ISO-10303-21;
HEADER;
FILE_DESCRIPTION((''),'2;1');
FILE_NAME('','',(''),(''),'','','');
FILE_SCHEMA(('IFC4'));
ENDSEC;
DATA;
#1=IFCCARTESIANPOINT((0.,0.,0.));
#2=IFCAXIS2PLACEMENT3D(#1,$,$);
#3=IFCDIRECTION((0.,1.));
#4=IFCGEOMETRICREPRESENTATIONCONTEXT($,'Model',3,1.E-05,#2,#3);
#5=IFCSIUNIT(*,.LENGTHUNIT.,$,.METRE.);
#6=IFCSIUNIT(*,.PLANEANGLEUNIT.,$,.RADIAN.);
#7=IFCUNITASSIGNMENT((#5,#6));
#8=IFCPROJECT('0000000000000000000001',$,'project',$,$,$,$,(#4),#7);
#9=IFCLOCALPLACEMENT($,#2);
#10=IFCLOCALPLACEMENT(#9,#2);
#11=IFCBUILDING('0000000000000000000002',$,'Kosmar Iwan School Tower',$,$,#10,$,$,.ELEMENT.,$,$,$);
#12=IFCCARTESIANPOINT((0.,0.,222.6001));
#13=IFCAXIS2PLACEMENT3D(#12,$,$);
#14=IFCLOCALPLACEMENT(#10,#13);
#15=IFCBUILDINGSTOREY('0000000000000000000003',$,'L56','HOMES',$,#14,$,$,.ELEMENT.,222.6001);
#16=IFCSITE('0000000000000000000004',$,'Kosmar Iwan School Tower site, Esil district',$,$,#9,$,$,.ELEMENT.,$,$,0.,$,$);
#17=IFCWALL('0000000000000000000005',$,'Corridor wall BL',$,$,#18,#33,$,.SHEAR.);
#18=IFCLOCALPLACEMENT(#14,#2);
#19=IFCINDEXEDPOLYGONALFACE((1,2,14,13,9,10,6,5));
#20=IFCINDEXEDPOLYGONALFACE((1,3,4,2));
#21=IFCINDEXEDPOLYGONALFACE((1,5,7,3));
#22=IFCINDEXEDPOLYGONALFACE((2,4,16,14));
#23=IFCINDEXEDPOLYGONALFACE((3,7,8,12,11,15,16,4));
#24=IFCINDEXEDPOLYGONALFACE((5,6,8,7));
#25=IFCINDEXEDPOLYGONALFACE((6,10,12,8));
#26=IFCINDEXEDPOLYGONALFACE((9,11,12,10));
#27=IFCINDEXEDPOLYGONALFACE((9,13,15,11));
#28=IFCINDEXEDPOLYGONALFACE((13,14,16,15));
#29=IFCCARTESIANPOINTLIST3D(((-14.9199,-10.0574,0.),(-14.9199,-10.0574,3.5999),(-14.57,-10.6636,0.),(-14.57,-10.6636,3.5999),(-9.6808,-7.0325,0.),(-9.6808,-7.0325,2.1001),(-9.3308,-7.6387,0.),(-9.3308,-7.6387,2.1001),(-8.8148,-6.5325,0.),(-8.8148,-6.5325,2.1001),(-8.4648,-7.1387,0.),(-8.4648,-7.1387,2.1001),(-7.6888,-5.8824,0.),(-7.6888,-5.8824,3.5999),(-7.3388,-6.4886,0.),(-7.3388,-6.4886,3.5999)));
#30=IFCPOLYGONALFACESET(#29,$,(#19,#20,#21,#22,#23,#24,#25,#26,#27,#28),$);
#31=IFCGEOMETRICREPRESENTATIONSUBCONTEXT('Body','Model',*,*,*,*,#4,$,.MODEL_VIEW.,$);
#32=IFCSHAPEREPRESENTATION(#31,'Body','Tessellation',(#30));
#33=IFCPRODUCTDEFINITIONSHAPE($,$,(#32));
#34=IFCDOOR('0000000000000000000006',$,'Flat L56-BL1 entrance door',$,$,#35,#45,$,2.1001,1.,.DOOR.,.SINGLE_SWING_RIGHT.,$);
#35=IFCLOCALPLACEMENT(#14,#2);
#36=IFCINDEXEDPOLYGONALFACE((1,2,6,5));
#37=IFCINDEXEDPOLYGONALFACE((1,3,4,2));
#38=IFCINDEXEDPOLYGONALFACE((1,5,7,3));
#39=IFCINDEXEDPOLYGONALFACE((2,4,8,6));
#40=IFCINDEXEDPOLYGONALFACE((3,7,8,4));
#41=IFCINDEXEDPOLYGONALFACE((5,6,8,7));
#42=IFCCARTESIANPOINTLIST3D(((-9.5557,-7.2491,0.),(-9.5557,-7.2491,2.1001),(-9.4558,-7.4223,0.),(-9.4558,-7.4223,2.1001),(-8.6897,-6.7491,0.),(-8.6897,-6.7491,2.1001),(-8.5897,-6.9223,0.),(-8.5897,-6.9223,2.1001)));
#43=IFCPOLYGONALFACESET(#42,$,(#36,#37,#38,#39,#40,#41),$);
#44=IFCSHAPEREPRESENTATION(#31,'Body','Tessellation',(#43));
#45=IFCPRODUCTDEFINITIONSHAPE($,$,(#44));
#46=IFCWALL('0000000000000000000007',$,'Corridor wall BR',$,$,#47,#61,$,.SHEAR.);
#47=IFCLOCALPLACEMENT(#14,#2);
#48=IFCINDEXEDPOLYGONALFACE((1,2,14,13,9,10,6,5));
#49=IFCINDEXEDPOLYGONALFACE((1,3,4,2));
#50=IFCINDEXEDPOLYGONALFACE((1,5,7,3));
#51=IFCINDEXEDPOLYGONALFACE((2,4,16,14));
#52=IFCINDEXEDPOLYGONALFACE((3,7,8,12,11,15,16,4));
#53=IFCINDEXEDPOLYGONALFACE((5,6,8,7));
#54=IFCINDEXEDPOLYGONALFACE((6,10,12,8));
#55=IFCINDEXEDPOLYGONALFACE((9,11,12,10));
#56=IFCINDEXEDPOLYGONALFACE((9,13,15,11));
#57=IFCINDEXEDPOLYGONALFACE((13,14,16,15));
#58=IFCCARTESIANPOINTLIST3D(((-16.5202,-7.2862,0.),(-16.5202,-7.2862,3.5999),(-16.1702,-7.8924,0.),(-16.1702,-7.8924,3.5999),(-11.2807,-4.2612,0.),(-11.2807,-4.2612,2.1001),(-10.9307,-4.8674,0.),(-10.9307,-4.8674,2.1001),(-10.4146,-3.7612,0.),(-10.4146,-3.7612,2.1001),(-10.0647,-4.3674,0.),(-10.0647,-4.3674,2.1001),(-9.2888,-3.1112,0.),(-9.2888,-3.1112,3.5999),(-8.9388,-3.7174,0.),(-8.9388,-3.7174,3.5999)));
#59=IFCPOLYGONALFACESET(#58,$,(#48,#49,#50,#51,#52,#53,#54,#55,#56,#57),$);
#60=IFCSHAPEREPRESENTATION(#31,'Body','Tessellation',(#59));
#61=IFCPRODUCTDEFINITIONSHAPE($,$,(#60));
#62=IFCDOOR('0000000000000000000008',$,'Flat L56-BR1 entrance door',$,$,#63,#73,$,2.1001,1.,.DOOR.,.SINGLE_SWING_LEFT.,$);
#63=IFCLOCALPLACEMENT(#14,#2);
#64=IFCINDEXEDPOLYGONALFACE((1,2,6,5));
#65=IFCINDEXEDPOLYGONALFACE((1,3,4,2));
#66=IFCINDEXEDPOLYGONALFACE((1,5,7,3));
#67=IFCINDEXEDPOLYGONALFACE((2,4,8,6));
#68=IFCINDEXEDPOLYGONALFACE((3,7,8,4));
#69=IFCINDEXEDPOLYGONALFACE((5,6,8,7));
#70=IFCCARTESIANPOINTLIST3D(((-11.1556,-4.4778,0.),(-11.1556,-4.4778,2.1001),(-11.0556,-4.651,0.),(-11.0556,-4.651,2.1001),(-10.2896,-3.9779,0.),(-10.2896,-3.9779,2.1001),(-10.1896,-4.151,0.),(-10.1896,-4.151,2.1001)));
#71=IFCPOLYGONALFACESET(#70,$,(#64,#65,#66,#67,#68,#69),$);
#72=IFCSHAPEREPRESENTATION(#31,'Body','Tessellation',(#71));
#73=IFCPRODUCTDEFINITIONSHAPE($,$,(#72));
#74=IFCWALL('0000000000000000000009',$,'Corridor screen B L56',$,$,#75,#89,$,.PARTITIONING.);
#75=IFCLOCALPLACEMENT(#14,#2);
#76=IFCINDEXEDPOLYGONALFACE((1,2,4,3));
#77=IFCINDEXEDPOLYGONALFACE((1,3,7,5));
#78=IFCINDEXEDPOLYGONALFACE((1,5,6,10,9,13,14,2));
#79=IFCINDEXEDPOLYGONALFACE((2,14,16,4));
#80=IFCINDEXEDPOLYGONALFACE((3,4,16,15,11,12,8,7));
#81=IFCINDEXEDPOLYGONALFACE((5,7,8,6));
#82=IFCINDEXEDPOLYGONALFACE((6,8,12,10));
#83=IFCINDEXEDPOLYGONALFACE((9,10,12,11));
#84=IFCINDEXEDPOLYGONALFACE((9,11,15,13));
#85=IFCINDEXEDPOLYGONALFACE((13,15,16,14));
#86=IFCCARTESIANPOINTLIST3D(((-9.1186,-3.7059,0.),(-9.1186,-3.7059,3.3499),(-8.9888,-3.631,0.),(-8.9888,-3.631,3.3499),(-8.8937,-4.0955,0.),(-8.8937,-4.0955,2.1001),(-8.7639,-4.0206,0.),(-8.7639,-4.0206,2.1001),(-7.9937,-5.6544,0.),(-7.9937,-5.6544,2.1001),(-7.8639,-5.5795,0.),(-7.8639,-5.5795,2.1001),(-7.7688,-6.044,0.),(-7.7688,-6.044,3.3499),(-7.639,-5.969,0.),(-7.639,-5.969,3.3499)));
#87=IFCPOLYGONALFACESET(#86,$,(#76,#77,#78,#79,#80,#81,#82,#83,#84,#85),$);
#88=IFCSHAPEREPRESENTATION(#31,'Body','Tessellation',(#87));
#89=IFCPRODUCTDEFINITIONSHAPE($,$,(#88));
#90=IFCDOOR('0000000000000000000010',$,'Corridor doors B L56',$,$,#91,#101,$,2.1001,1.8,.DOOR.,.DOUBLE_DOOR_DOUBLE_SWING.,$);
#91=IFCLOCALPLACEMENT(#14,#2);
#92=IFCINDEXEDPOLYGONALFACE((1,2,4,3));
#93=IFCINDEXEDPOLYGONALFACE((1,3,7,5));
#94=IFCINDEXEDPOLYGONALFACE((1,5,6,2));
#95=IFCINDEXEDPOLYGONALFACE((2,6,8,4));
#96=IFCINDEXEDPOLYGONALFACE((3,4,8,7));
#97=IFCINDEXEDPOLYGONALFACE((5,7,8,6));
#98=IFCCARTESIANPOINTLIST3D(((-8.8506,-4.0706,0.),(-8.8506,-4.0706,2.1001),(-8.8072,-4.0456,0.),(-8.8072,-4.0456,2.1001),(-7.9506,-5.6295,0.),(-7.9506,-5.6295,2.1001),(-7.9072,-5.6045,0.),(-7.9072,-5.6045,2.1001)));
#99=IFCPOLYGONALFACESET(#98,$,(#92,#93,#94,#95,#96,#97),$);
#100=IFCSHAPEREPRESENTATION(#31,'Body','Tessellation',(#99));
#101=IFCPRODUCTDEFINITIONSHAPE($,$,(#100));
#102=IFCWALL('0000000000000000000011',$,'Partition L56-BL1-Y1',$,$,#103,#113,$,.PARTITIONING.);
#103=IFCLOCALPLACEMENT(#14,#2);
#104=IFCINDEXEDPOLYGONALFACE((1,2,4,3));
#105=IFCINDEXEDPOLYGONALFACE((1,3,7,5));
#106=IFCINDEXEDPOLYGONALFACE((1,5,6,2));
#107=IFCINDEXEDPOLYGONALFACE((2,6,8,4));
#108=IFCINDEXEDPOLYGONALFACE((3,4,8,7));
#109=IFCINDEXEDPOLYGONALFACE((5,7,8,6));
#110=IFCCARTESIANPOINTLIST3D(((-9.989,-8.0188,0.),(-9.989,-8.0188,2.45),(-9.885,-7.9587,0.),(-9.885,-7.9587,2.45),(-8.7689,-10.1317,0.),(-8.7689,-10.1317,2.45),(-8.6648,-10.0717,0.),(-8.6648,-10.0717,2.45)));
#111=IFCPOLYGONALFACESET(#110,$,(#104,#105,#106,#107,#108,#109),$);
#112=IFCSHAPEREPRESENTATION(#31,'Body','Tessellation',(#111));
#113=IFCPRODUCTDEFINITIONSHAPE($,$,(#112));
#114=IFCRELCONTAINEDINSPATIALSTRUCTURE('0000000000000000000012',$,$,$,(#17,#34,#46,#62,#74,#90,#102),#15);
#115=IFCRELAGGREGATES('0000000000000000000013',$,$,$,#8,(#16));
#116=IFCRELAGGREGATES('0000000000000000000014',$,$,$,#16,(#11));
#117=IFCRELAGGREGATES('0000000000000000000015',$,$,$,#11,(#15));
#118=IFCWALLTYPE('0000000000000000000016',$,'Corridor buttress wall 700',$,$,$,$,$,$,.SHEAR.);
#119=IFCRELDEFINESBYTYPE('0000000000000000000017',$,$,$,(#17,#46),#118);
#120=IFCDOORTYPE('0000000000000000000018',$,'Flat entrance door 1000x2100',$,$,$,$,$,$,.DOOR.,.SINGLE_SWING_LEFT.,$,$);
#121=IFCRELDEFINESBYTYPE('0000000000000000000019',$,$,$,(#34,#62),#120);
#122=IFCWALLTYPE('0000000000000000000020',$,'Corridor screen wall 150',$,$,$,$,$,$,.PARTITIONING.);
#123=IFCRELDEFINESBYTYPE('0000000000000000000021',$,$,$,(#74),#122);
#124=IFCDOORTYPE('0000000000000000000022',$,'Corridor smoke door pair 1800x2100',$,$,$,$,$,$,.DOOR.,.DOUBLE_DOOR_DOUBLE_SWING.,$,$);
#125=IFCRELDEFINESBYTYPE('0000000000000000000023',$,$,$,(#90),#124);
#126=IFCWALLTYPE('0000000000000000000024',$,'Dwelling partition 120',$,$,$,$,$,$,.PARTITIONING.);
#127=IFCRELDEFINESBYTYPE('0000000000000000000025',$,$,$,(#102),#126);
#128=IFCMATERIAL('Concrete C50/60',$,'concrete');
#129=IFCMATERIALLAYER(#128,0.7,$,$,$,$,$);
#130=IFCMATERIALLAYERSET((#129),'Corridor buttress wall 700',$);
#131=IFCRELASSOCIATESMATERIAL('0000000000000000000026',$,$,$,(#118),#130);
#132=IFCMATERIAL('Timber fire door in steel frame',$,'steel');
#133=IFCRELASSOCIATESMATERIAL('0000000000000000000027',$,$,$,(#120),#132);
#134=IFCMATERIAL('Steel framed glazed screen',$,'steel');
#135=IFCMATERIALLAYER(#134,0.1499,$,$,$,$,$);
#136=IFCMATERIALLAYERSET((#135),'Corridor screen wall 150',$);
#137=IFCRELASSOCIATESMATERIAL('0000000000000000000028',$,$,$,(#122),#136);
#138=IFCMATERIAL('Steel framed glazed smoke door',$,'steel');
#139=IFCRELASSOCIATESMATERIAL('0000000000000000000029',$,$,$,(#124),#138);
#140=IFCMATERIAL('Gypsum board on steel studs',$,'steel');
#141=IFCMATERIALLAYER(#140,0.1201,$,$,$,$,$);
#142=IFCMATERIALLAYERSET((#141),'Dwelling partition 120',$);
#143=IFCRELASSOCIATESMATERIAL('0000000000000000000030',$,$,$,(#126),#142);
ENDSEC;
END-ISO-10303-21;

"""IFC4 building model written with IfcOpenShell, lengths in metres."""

from ifc_helpers import new_model, si_unit, direction, frame, frame_2d, origin, place, context, subcontext, project, spatial, rectangle, extrude, material, layer, layer_set, type_object, element, fill, save


model = new_model("IFC4")

# Units and contexts
model_context = context("Model", 3, precision=1e-05, world=origin(), true_north=direction((0.0, 1.0)))
body_context = subcontext(model_context, "Body", "Model", "MODEL_VIEW")
ifc_project = project(units=[si_unit("LENGTHUNIT", "METRE"), si_unit("PLANEANGLEUNIT", "RADIAN")], contexts=[model_context])

# Site, building, storey
site_placement = place(None, origin())
site = spatial("IfcSite", under=ifc_project, at=site_placement, Name="Kosmar Iwan School Tower site, Esil district", CompositionType="ELEMENT", RefElevation=0.0)
building_placement = place(site_placement, origin())
building = spatial("IfcBuilding", under=site, at=building_placement, Name="Kosmar Iwan School Tower", CompositionType="ELEMENT")
storey_placement = place(building_placement, frame((0.0, 0.0, 222.6001)))
storey = spatial("IfcBuildingStorey", under=building, at=storey_placement, Name="L56", Description="HOMES", CompositionType="ELEMENT", Elevation=222.6001)

# Walls, openings, doors
ifc_material_1 = material(Name="Concrete C50/60", Category="concrete")
ifc_layer_1 = layer(ifc_material_1, 0.7)
ifc_layer_set_1 = layer_set([ifc_layer_1], Name="Corridor buttress wall 700")
wall_type_1 = type_object("IfcWallType", Name="Corridor buttress wall 700", PredefinedType="SHEAR", material=ifc_layer_set_1)
wall_1_placement = place(storey_placement, frame((-7.5139, -6.1855, 0.0), z_axis=(0.0, 0.0, 1.0), x_axis=(-0.86602, -0.50001, 0.0)))
wall_1 = element("IfcWall", 1, at=wall_1_placement, inside=storey, type_object=wall_type_1, Name="Corridor wall BL", PredefinedType="SHEAR", context=body_context, shape_type="SweptSolid", body=[
    extrude(rectangle(XDim=8.3499, YDim=0.7, at=frame_2d((4.1748, 0.0))), origin(), (0.0, 0.0, 1.0), 3.5999),
])
opening_1_placement = place(wall_1_placement, frame((1.3, 0.0, 0.0)))
opening_1 = element("IfcOpeningElement", 2, at=opening_1_placement, cuts=wall_1, PredefinedType="OPENING", context=body_context, shape_type="SweptSolid", body=[
    extrude(rectangle(XDim=1.0, YDim=2.1001, at=frame_2d((0.5, 1.05))), frame((0.0, 0.3621, 0.0), z_axis=(0.0, -1.0, 0.0), x_axis=(1.0, 0.0, 0.0)), (0.0, 0.0, 1.0), 0.7239),
])
ifc_material_2 = material(Name="Timber fire door in steel frame", Category="steel")
door_type_1 = type_object("IfcDoorType", Name="Flat entrance door 1000x2100", OperationType="SINGLE_SWING_LEFT", PredefinedType="DOOR", material=ifc_material_2)
door_1_placement = place(opening_1_placement, origin())
door_1 = element("IfcDoor", 3, at=door_1_placement, inside=storey, type_object=door_type_1, Name="Flat L56-BL1 entrance door", OperationType="SINGLE_SWING_RIGHT", OverallHeight=2.1001, OverallWidth=1.0, PredefinedType="DOOR", context=body_context, shape_type="SweptSolid", body=[
    extrude(rectangle(XDim=1.0, YDim=2.1001, at=frame_2d((0.5, 1.05))), frame((0.0, 0.1001, 0.0), z_axis=(0.0, -1.0, 0.0), x_axis=(1.0, 0.0, 0.0)), (0.0, 0.0, 1.0), 0.2),
])
fill(opening_1, door_1)
wall_2_placement = place(storey_placement, frame((-9.1138, -3.4143, 0.0), z_axis=(0.0, 0.0, 1.0), x_axis=(-0.866027, -0.499997, 0.0)))
wall_2 = element("IfcWall", 4, at=wall_2_placement, inside=storey, type_object=wall_type_1, Name="Corridor wall BR", PredefinedType="SHEAR", context=body_context, shape_type="SweptSolid", body=[
    extrude(rectangle(XDim=8.3501, YDim=0.7, at=frame_2d((4.175, 0.0))), origin(), (0.0, 0.0, 1.0), 3.5999),
])
opening_2_placement = place(wall_2_placement, frame((1.3, 0.0, 0.0)))
opening_2 = element("IfcOpeningElement", 5, at=opening_2_placement, cuts=wall_2, PredefinedType="OPENING", context=body_context, shape_type="SweptSolid", body=[
    extrude(rectangle(XDim=1.0, YDim=2.1001, at=frame_2d((0.5, 1.05))), frame((0.0, 0.3621, 0.0), z_axis=(0.0, -1.0, 0.0), x_axis=(1.0, 0.0, 0.0)), (0.0, 0.0, 1.0), 0.7239),
])
door_2_placement = place(opening_2_placement, origin())
door_2 = element("IfcDoor", 6, at=door_2_placement, inside=storey, type_object=door_type_1, Name="Flat L56-BR1 entrance door", OperationType="SINGLE_SWING_LEFT", OverallHeight=2.1001, OverallWidth=1.0, PredefinedType="DOOR", context=body_context, shape_type="SweptSolid", body=[
    extrude(rectangle(XDim=1.0, YDim=2.1001, at=frame_2d((0.5, 1.05))), frame((0.0, 0.1001, 0.0), z_axis=(0.0, -1.0, 0.0), x_axis=(1.0, 0.0, 0.0)), (0.0, 0.0, 1.0), 0.2),
])
fill(opening_2, door_2)
ifc_material_3 = material(Name="Steel framed glazed screen", Category="steel")
ifc_layer_2 = layer(ifc_material_3, 0.1499)
ifc_layer_set_2 = layer_set([ifc_layer_2], Name="Corridor screen wall 150")
wall_type_2 = type_object("IfcWallType", Name="Corridor screen wall 150", PredefinedType="PARTITIONING", material=ifc_layer_set_2)
wall_3_placement = place(storey_placement, frame((-9.0537, -3.6685, 0.0), z_axis=(0.0, 0.0, 1.0), x_axis=(0.499981, -0.866037, 0.0)))
wall_3 = element("IfcWall", 7, at=wall_3_placement, inside=storey, type_object=wall_type_2, Name="Corridor screen B L56", PredefinedType="PARTITIONING", context=body_context, shape_type="SweptSolid", body=[
    extrude(rectangle(XDim=2.6997, YDim=0.1499, at=frame_2d((1.3499, 0.0))), origin(), (0.0, 0.0, 1.0), 3.3499),
])
opening_3_placement = place(wall_3_placement, frame((0.45, 0.0, 0.0)))
opening_3 = element("IfcOpeningElement", 8, at=opening_3_placement, cuts=wall_3, PredefinedType="OPENING", context=body_context, shape_type="SweptSolid", body=[
    extrude(rectangle(XDim=1.8, YDim=2.1001, at=frame_2d((0.8999, 1.05))), frame((0.0, 0.0869, 0.0), z_axis=(0.0, -1.0, 0.0), x_axis=(1.0, 0.0, 0.0)), (0.0, 0.0, 1.0), 0.1738),
])
ifc_material_4 = material(Name="Steel framed glazed smoke door", Category="steel")
door_type_2 = type_object("IfcDoorType", Name="Corridor smoke door pair 1800x2100", OperationType="DOUBLE_DOOR_DOUBLE_SWING", PredefinedType="DOOR", material=ifc_material_4)
door_3_placement = place(opening_3_placement, origin())
door_3 = element("IfcDoor", 9, at=door_3_placement, inside=storey, type_object=door_type_2, Name="Corridor doors B L56", OperationType="DOUBLE_DOOR_DOUBLE_SWING", OverallHeight=2.1001, OverallWidth=1.8, PredefinedType="DOOR", context=body_context, shape_type="SweptSolid", body=[
    extrude(rectangle(XDim=1.8, YDim=2.1001, at=frame_2d((0.8999, 1.05))), frame((0.0, 0.0249, 0.0), z_axis=(0.0, -1.0, 0.0), x_axis=(1.0, 0.0, 0.0)), (0.0, 0.0, 1.0), 0.05),
])
fill(opening_3, door_3)

# Wall
ifc_material_5 = material(Name="Gypsum board on steel studs", Category="steel")
ifc_layer_3 = layer(ifc_material_5, 0.1201)
ifc_layer_set_3 = layer_set([ifc_layer_3], Name="Dwelling partition 120")
wall_type_3 = type_object("IfcWallType", Name="Dwelling partition 120", PredefinedType="PARTITIONING", material=ifc_layer_set_3)
wall_4_placement = place(storey_placement, frame((-9.937, -7.9888, 0.0), z_axis=(0.0, 0.0, 1.0), x_axis=(0.500078, -0.865981, 0.0)))
element("IfcWall", 10, at=wall_4_placement, inside=storey, type_object=wall_type_3, Name="Partition L56-BL1-Y1", PredefinedType="PARTITIONING", context=body_context, shape_type="SweptSolid", body=[
    extrude(rectangle(XDim=2.4399, YDim=0.1201, at=frame_2d((1.22, 0.0))), origin(), (0.0, 0.0, 1.0), 2.45),
])

save(model, "model.ifc")
